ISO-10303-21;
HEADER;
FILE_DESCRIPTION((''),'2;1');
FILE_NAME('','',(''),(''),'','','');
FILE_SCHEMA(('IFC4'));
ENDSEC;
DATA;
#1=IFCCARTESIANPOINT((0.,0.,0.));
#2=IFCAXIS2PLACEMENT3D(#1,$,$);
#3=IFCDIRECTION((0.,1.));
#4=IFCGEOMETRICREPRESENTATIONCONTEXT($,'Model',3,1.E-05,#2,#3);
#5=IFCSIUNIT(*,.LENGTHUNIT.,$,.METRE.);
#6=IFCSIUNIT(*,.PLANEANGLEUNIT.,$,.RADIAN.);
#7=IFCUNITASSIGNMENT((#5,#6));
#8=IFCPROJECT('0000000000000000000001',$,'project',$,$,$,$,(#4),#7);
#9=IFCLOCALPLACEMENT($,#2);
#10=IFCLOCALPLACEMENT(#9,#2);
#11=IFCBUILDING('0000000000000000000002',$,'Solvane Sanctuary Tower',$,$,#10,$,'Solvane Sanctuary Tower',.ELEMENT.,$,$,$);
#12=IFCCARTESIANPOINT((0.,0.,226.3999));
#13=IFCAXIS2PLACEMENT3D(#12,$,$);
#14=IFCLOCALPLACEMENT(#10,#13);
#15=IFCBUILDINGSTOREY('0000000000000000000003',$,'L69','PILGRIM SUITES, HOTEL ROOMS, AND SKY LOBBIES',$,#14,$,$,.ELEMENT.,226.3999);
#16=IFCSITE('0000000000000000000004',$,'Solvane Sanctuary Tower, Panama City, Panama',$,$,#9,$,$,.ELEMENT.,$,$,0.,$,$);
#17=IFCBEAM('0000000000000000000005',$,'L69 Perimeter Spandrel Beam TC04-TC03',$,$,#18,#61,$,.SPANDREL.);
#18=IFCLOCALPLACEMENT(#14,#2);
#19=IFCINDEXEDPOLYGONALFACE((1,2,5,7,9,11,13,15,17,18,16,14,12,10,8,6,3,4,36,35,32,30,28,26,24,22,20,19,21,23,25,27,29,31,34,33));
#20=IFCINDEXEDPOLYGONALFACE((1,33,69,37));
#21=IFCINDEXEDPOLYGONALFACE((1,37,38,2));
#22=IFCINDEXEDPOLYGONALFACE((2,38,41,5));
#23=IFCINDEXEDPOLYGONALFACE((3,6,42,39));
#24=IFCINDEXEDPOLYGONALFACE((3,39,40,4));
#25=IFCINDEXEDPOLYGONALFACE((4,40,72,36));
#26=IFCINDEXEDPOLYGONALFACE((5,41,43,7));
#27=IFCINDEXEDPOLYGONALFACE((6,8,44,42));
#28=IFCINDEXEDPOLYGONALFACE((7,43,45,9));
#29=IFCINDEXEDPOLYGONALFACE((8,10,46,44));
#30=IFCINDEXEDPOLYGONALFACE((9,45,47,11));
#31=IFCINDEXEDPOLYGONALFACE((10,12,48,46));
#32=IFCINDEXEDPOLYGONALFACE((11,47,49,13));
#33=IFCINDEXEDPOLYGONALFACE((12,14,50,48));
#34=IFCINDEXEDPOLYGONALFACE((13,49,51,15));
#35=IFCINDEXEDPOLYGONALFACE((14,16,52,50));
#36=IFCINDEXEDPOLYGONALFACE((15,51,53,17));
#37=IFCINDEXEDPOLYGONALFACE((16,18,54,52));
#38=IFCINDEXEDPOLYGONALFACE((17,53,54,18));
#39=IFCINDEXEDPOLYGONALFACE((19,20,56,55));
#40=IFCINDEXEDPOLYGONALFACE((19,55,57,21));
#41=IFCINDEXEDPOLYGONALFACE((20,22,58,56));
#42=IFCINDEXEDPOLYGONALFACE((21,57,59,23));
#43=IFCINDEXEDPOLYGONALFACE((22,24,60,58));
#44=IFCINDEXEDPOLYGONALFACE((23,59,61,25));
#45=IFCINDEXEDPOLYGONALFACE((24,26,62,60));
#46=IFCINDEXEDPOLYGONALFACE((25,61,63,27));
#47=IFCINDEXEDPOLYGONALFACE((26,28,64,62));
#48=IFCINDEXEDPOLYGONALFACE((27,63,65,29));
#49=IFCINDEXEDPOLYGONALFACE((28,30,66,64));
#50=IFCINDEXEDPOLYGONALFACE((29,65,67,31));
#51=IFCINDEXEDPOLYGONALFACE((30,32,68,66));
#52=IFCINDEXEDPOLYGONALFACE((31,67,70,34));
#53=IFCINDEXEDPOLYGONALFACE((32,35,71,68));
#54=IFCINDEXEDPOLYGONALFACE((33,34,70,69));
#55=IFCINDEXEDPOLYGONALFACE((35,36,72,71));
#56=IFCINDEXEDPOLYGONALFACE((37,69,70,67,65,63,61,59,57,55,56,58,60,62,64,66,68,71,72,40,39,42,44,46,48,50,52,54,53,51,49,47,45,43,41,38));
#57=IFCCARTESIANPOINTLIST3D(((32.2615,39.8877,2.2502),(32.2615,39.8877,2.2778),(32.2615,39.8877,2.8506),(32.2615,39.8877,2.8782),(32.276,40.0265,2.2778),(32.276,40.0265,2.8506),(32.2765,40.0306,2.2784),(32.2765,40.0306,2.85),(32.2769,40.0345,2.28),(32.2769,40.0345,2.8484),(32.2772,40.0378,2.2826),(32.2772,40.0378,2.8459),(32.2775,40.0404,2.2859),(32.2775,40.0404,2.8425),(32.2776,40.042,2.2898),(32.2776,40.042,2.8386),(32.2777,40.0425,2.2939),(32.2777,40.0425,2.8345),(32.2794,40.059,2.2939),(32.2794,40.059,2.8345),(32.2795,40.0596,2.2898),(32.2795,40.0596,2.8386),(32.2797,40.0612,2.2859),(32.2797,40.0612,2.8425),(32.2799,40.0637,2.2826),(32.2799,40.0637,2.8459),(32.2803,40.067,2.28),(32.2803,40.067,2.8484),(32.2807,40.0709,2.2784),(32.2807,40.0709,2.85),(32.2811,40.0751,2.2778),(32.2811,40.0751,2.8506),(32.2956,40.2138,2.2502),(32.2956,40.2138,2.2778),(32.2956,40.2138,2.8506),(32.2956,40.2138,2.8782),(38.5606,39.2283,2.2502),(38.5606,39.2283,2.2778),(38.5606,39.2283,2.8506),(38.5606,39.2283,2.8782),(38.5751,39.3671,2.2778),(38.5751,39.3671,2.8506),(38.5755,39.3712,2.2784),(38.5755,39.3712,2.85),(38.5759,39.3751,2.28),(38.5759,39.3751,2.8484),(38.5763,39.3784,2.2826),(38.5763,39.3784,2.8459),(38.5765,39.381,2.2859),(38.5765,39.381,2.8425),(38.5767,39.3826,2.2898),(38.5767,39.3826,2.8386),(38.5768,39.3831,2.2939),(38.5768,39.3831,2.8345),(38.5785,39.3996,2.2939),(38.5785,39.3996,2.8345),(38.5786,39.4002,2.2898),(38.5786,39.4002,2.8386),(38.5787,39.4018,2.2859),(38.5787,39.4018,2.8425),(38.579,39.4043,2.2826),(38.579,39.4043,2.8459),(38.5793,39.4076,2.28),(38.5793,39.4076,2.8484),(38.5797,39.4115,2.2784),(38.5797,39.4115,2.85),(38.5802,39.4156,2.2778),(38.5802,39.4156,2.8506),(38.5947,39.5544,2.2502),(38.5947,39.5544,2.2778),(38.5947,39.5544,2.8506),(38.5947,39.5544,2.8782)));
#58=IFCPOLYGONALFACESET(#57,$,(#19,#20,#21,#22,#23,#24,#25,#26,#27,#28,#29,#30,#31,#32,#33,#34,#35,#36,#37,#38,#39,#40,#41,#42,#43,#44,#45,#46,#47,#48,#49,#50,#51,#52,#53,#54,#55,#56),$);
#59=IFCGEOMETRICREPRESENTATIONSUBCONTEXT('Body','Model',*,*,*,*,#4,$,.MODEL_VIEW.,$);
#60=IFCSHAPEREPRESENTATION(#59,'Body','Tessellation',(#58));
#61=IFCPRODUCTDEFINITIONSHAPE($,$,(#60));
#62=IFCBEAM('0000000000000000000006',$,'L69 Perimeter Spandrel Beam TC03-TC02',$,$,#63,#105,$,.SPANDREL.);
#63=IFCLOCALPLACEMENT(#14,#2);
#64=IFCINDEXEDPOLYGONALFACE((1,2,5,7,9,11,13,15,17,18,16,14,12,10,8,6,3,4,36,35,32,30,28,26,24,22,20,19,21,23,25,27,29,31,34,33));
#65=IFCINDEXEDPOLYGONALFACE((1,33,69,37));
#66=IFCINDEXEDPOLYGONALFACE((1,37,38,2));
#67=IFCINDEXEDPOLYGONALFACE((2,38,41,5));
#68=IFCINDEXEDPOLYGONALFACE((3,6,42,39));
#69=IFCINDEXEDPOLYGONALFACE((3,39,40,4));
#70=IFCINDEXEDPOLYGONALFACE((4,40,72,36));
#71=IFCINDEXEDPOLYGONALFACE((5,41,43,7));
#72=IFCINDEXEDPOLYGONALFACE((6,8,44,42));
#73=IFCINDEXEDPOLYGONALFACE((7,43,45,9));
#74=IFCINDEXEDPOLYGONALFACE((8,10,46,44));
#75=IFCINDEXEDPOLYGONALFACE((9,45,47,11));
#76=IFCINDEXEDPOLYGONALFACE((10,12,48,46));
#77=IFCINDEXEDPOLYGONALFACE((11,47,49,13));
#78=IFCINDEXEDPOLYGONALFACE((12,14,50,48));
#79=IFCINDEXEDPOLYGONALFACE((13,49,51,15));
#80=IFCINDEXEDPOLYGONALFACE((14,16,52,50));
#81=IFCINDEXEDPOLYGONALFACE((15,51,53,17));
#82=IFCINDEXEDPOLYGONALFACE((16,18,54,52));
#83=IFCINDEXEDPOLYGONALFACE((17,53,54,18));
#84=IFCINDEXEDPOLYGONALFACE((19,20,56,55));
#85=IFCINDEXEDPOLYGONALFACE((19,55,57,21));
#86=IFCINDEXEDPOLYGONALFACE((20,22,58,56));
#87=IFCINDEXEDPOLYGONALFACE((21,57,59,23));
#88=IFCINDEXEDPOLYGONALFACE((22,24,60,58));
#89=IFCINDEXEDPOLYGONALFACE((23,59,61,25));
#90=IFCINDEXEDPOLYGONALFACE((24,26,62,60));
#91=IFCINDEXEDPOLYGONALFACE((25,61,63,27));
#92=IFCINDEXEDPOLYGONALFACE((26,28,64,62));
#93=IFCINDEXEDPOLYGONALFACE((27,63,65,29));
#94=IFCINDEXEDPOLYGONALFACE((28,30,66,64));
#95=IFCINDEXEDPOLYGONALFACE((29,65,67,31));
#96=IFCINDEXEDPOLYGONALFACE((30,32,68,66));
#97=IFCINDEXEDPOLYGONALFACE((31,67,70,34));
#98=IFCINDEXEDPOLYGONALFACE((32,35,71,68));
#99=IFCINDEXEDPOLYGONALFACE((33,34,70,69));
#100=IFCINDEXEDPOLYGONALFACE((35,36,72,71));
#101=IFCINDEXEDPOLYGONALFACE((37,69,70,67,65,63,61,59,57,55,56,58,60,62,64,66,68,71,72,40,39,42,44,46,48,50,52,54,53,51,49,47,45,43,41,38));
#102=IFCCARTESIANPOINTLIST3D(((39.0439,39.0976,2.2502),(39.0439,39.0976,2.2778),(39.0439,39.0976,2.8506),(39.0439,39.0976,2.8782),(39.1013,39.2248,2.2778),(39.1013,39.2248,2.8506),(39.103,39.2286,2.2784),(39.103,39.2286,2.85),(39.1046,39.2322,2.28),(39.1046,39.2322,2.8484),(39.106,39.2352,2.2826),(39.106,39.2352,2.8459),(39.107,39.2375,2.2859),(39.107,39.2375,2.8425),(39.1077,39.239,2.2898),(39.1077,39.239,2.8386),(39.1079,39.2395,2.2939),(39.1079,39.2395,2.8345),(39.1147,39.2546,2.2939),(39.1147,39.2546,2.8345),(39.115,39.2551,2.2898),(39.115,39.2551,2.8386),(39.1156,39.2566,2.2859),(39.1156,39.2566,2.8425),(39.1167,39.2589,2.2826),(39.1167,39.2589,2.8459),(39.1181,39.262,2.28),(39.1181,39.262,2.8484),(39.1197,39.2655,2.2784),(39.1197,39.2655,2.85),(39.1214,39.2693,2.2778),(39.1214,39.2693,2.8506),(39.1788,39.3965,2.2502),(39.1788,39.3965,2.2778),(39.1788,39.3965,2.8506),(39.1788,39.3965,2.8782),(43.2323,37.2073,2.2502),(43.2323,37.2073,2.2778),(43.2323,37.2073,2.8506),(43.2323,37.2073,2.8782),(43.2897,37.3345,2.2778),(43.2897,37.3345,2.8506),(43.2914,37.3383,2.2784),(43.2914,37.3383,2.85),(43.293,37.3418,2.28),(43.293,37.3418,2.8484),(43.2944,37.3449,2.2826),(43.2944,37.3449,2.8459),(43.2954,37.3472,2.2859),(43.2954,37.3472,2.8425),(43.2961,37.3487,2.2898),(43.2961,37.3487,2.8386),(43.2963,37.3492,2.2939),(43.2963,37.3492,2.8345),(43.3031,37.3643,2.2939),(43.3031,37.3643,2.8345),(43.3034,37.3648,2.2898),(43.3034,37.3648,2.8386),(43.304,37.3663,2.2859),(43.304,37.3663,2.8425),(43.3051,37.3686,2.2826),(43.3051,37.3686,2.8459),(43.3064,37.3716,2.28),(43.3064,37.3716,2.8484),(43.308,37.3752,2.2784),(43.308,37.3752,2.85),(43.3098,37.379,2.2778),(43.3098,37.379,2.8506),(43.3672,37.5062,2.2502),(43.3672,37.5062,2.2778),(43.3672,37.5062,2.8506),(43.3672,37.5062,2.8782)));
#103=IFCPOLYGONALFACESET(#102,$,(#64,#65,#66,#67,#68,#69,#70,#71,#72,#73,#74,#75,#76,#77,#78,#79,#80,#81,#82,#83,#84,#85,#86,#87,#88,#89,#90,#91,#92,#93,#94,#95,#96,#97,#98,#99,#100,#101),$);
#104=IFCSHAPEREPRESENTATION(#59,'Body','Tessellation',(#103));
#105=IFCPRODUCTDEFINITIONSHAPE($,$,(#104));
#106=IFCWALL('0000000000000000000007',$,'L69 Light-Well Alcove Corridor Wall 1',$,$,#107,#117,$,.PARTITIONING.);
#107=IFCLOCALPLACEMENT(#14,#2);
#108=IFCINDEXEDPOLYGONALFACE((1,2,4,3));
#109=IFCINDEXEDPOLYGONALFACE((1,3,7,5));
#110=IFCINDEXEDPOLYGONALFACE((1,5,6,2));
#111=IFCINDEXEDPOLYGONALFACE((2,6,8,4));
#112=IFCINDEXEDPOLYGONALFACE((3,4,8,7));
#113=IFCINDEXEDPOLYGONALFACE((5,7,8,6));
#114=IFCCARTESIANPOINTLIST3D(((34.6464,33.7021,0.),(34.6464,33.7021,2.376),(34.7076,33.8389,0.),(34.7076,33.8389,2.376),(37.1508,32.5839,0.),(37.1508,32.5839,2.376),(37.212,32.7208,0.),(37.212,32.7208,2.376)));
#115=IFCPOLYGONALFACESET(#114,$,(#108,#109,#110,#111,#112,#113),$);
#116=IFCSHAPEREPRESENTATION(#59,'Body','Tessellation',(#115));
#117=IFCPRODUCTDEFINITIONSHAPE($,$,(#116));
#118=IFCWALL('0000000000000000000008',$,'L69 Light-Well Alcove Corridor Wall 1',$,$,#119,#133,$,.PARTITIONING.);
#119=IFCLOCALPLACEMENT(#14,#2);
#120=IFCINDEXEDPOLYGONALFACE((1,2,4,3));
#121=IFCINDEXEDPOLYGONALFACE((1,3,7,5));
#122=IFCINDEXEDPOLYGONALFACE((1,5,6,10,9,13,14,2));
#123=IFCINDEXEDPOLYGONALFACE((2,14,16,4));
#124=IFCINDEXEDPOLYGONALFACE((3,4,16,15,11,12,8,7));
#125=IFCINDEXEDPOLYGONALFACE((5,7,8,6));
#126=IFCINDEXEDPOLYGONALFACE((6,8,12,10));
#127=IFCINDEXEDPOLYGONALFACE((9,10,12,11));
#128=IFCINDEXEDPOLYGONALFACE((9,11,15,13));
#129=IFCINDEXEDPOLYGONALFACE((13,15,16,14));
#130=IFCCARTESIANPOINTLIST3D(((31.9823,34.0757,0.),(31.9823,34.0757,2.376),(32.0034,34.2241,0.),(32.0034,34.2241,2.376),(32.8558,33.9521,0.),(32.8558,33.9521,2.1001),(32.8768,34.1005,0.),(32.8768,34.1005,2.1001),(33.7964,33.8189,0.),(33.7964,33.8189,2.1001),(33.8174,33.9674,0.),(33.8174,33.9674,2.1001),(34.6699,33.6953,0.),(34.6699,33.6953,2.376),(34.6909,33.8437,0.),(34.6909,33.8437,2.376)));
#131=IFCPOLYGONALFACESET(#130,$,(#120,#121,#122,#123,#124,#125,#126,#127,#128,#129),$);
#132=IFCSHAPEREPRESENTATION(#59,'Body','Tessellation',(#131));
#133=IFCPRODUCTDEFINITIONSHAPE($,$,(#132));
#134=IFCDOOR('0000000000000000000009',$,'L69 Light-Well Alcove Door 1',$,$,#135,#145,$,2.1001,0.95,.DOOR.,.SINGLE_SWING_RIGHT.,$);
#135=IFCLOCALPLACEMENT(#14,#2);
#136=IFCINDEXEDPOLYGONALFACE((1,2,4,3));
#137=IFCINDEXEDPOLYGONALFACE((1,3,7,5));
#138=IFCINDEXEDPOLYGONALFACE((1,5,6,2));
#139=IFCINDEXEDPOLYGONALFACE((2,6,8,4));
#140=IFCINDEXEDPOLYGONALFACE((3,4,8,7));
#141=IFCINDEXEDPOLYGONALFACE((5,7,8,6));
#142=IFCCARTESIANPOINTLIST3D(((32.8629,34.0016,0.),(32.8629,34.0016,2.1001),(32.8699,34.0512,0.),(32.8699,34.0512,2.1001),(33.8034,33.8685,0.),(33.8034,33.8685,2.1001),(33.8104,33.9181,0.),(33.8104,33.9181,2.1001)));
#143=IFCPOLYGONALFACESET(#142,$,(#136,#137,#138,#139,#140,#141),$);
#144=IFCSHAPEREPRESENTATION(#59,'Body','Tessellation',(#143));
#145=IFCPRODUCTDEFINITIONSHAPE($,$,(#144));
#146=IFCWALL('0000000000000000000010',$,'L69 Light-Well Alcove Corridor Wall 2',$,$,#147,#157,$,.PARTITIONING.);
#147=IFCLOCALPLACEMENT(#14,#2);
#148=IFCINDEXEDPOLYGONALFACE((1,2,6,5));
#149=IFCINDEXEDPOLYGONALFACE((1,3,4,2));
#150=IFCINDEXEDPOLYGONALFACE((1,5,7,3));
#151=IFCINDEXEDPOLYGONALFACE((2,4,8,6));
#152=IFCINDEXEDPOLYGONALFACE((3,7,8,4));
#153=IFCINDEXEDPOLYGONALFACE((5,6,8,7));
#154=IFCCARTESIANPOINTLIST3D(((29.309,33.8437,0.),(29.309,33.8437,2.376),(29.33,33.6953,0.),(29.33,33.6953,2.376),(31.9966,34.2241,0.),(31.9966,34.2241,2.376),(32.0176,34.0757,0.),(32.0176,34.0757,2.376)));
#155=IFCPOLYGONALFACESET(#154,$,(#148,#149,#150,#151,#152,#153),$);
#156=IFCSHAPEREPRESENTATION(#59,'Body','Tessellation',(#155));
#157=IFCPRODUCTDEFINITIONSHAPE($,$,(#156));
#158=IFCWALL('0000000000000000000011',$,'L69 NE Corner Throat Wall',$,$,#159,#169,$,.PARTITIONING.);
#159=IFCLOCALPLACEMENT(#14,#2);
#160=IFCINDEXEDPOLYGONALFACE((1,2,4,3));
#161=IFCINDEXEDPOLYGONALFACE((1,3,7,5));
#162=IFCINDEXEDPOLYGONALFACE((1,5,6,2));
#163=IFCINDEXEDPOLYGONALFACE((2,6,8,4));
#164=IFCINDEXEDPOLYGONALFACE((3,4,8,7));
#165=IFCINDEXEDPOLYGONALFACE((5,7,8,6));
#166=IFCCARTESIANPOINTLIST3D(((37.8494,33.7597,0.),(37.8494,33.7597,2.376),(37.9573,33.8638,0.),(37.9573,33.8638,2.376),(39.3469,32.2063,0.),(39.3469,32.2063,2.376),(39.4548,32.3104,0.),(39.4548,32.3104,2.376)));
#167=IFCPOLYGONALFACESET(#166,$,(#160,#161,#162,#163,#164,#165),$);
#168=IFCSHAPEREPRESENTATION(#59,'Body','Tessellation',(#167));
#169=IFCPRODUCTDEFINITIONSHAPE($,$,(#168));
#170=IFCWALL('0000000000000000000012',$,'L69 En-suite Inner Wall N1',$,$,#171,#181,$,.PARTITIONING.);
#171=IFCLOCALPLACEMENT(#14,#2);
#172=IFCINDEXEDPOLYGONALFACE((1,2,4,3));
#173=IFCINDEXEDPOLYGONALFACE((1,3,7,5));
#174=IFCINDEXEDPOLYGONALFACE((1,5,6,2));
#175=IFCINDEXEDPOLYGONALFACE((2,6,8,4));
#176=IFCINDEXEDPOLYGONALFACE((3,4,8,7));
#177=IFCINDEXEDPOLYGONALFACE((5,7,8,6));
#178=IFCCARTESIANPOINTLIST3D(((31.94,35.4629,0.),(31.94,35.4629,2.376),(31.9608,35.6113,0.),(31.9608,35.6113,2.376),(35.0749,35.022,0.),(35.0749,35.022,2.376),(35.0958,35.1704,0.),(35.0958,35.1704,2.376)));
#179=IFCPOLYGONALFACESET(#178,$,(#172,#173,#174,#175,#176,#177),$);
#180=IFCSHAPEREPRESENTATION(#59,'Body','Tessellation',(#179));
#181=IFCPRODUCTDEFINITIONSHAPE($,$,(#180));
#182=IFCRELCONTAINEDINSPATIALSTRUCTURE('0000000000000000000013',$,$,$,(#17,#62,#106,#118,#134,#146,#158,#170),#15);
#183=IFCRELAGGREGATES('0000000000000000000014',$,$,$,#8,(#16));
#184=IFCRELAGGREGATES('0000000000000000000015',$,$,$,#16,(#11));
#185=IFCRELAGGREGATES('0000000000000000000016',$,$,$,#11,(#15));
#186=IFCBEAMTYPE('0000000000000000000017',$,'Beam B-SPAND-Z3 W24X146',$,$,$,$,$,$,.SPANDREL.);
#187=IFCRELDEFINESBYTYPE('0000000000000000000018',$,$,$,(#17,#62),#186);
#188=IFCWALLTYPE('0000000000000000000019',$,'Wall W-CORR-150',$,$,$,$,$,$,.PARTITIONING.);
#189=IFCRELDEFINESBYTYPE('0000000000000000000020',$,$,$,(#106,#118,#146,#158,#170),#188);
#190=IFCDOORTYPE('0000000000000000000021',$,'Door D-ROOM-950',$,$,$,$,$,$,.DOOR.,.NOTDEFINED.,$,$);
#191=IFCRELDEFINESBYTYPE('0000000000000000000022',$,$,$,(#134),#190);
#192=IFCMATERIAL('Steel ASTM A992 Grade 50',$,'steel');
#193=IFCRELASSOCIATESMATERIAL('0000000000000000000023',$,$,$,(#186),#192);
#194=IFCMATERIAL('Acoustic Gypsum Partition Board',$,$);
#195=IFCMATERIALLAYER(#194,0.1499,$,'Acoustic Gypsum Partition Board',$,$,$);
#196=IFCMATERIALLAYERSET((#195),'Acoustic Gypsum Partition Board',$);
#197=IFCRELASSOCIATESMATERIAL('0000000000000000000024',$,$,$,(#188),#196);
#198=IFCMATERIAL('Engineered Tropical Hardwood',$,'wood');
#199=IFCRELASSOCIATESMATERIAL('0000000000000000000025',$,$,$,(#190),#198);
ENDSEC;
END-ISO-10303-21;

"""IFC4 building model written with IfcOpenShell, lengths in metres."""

from ifc_helpers import new_model, si_unit, direction, frame, frame_2d, origin, origin_2d, place, context, subcontext, project, spatial, rectangle, i_section, extrude, material, layer, layer_set, material_profile, profile_set, type_object, element, fill, save


model = new_model("IFC4")

# Units and contexts
model_context = context("Model", 3, precision=1e-05, world=origin(), true_north=direction((0.0, 1.0)))
body_context = subcontext(model_context, "Body", "Model", "MODEL_VIEW")
ifc_project = project(units=[si_unit("LENGTHUNIT", "METRE"), si_unit("PLANEANGLEUNIT", "RADIAN")], contexts=[model_context])

# Site, building, storey
site_placement = place(None, origin())
site = spatial("IfcSite", under=ifc_project, at=site_placement, Name="Solvane Sanctuary Tower, Panama City, Panama", CompositionType="ELEMENT", RefElevation=0.0)
building_placement = place(site_placement, origin())
building = spatial("IfcBuilding", under=site, at=building_placement, Name="Solvane Sanctuary Tower", LongName="Solvane Sanctuary Tower", CompositionType="ELEMENT")
storey_placement = place(building_placement, frame((0.0, 0.0, 226.3999)))
storey = spatial("IfcBuildingStorey", under=building, at=storey_placement, Name="L69", Description="PILGRIM SUITES, HOTEL ROOMS, AND SKY LOBBIES", CompositionType="ELEMENT", Elevation=226.3999)

# Beams
ifc_material_1 = material(Name="Steel ASTM A992 Grade 50", Category="steel")
ifc_material_profile_1 = material_profile(ifc_material_1, i_section(OverallWidth=0.3279, OverallDepth=0.6279, WebThickness=0.0166, FlangeThickness=0.0276, FilletRadius=0.0161, at=origin_2d()), Name="W24X146")
ifc_profile_set_1 = profile_set([ifc_material_profile_1], Name="Steel ASTM A992 Grade 50")
beam_type_1 = type_object("IfcBeamType", Name="Beam B-SPAND-Z3 W24X146", PredefinedType="SPANDREL", material=ifc_profile_set_1)
beam_1_placement = place(storey_placement, frame((32.2786, 40.0508, 2.5642), z_axis=(0.994565, -0.104117, 0.0), x_axis=(0.104117, 0.994565, 0.0)))
element("IfcBeam", 1, at=beam_1_placement, inside=storey, type_object=beam_type_1, Name="L69 Perimeter Spandrel Beam TC04-TC03", PredefinedType="SPANDREL", context=body_context, shape_type="SweptSolid", body=[
    extrude(i_section(OverallWidth=0.3279, OverallDepth=0.6279, WebThickness=0.0166, FlangeThickness=0.0276, FilletRadius=0.0161, at=origin_2d()), origin(), (0.0, 0.0, 1.0), 6.3335),
])
beam_2_placement = place(storey_placement, frame((39.1113, 39.2471, 2.5642), z_axis=(0.911468, -0.411372, 0.0), x_axis=(0.411372, 0.911468, 0.0)))
element("IfcBeam", 2, at=beam_2_placement, inside=storey, type_object=beam_type_1, Name="L69 Perimeter Spandrel Beam TC03-TC02", PredefinedType="SPANDREL", context=body_context, shape_type="SweptSolid", body=[
    extrude(i_section(OverallWidth=0.3279, OverallDepth=0.6279, WebThickness=0.0166, FlangeThickness=0.0276, FilletRadius=0.0161, at=origin_2d()), origin(), (0.0, 0.0, 1.0), 4.5952),
])

# Wall
ifc_material_2 = material(Name="Acoustic Gypsum Partition Board")
ifc_layer_1 = layer(ifc_material_2, 0.1499, Name="Acoustic Gypsum Partition Board")
ifc_layer_set_1 = layer_set([ifc_layer_1], Name="Acoustic Gypsum Partition Board")
wall_type_1 = type_object("IfcWallType", Name="Wall W-CORR-150", PredefinedType="PARTITIONING", material=ifc_layer_set_1)
wall_1_placement = place(storey_placement, frame((37.1814, 32.6523, 0.0), z_axis=(0.0, 0.0, 1.0), x_axis=(-0.91312, 0.407691, 0.0)))
element("IfcWall", 3, at=wall_1_placement, inside=storey, type_object=wall_type_1, Name="L69 Light-Well Alcove Corridor Wall 1", PredefinedType="PARTITIONING", context=body_context, shape_type="SweptSolid", body=[
    extrude(rectangle(XDim=2.7427, YDim=0.1499, at=frame_2d((1.3713, 0.0))), origin(), (0.0, 0.0, 1.0), 2.376),
])

# Wall, opening, door
wall_2_placement = place(storey_placement, frame((34.6804, 33.7695, 0.0), z_axis=(0.0, 0.0, 1.0), x_axis=(-0.990132, 0.140137, 0.0)))
wall_2 = element("IfcWall", 4, at=wall_2_placement, inside=storey, type_object=wall_type_1, Name="L69 Light-Well Alcove Corridor Wall 1", PredefinedType="PARTITIONING", context=body_context, shape_type="SweptSolid", body=[
    extrude(rectangle(XDim=2.7144, YDim=0.1499, at=frame_2d((1.3572, 0.0))), origin(), (0.0, 0.0, 1.0), 2.376),
])
opening_1_placement = place(wall_2_placement, frame((0.8821, 0.0, 0.0)))
opening_1 = element("IfcOpeningElement", 5, at=opening_1_placement, cuts=wall_2, PredefinedType="OPENING", context=body_context, shape_type="SweptSolid", body=[
    extrude(rectangle(XDim=0.95, YDim=2.1001, at=frame_2d((0.4751, 1.05))), frame((0.0, 0.085, 0.0), z_axis=(0.0, -1.0, 0.0), x_axis=(1.0, 0.0, 0.0)), (0.0, 0.0, 1.0), 0.1699),
])
ifc_material_3 = material(Name="Engineered Tropical Hardwood", Category="wood")
door_type_1 = type_object("IfcDoorType", Name="Door D-ROOM-950", OperationType="NOTDEFINED", PredefinedType="DOOR", material=ifc_material_3)
door_1_placement = place(opening_1_placement, origin())
door_1 = element("IfcDoor", 6, at=door_1_placement, inside=storey, type_object=door_type_1, Name="L69 Light-Well Alcove Door 1", OperationType="SINGLE_SWING_RIGHT", OverallHeight=2.1001, OverallWidth=0.95, PredefinedType="DOOR", context=body_context, shape_type="SweptSolid", body=[
    extrude(rectangle(XDim=0.95, YDim=2.1001, at=frame_2d((0.4751, 1.05))), frame((0.0, 0.0249, 0.0), z_axis=(0.0, -1.0, 0.0), x_axis=(1.0, 0.0, 0.0)), (0.0, 0.0, 1.0), 0.05),
])
fill(opening_1, door_1)

# Walls
wall_3_placement = place(storey_placement, frame((32.0071, 34.1499, 0.0), z_axis=(0.0, 0.0, 1.0), x_axis=(-0.990132, -0.140137, 0.0)))
element("IfcWall", 7, at=wall_3_placement, inside=storey, type_object=wall_type_1, Name="L69 Light-Well Alcove Corridor Wall 2", PredefinedType="PARTITIONING", context=body_context, shape_type="SweptSolid", body=[
    extrude(rectangle(XDim=2.7144, YDim=0.1499, at=frame_2d((1.3572, 0.0))), origin(), (0.0, 0.0, 1.0), 2.376),
])
wall_4_placement = place(storey_placement, frame((37.9033, 33.8118, 0.0), z_axis=(0.0, 0.0, 1.0), x_axis=(0.694033, -0.719943, 0.0)))
element("IfcWall", 8, at=wall_4_placement, inside=storey, type_object=wall_type_1, Name="L69 NE Corner Throat Wall", PredefinedType="PARTITIONING", context=body_context, shape_type="SweptSolid", body=[
    extrude(rectangle(XDim=2.1577, YDim=0.1499, at=frame_2d((1.0789, 0.0))), origin(), (0.0, 0.0, 1.0), 2.376),
])
wall_5_placement = place(storey_placement, frame((35.0854, 35.0962, 0.0), z_axis=(0.0, 0.0, 1.0), x_axis=(-0.990254, 0.139273, 0.0)))
element("IfcWall", 9, at=wall_5_placement, inside=storey, type_object=wall_type_1, Name="L69 En-suite Inner Wall N1", PredefinedType="PARTITIONING", context=body_context, shape_type="SweptSolid", body=[
    extrude(rectangle(XDim=3.1658, YDim=0.1499, at=frame_2d((1.583, 0.0))), origin(), (0.0, 0.0, 1.0), 2.376),
])

save(model, "model.ifc")
